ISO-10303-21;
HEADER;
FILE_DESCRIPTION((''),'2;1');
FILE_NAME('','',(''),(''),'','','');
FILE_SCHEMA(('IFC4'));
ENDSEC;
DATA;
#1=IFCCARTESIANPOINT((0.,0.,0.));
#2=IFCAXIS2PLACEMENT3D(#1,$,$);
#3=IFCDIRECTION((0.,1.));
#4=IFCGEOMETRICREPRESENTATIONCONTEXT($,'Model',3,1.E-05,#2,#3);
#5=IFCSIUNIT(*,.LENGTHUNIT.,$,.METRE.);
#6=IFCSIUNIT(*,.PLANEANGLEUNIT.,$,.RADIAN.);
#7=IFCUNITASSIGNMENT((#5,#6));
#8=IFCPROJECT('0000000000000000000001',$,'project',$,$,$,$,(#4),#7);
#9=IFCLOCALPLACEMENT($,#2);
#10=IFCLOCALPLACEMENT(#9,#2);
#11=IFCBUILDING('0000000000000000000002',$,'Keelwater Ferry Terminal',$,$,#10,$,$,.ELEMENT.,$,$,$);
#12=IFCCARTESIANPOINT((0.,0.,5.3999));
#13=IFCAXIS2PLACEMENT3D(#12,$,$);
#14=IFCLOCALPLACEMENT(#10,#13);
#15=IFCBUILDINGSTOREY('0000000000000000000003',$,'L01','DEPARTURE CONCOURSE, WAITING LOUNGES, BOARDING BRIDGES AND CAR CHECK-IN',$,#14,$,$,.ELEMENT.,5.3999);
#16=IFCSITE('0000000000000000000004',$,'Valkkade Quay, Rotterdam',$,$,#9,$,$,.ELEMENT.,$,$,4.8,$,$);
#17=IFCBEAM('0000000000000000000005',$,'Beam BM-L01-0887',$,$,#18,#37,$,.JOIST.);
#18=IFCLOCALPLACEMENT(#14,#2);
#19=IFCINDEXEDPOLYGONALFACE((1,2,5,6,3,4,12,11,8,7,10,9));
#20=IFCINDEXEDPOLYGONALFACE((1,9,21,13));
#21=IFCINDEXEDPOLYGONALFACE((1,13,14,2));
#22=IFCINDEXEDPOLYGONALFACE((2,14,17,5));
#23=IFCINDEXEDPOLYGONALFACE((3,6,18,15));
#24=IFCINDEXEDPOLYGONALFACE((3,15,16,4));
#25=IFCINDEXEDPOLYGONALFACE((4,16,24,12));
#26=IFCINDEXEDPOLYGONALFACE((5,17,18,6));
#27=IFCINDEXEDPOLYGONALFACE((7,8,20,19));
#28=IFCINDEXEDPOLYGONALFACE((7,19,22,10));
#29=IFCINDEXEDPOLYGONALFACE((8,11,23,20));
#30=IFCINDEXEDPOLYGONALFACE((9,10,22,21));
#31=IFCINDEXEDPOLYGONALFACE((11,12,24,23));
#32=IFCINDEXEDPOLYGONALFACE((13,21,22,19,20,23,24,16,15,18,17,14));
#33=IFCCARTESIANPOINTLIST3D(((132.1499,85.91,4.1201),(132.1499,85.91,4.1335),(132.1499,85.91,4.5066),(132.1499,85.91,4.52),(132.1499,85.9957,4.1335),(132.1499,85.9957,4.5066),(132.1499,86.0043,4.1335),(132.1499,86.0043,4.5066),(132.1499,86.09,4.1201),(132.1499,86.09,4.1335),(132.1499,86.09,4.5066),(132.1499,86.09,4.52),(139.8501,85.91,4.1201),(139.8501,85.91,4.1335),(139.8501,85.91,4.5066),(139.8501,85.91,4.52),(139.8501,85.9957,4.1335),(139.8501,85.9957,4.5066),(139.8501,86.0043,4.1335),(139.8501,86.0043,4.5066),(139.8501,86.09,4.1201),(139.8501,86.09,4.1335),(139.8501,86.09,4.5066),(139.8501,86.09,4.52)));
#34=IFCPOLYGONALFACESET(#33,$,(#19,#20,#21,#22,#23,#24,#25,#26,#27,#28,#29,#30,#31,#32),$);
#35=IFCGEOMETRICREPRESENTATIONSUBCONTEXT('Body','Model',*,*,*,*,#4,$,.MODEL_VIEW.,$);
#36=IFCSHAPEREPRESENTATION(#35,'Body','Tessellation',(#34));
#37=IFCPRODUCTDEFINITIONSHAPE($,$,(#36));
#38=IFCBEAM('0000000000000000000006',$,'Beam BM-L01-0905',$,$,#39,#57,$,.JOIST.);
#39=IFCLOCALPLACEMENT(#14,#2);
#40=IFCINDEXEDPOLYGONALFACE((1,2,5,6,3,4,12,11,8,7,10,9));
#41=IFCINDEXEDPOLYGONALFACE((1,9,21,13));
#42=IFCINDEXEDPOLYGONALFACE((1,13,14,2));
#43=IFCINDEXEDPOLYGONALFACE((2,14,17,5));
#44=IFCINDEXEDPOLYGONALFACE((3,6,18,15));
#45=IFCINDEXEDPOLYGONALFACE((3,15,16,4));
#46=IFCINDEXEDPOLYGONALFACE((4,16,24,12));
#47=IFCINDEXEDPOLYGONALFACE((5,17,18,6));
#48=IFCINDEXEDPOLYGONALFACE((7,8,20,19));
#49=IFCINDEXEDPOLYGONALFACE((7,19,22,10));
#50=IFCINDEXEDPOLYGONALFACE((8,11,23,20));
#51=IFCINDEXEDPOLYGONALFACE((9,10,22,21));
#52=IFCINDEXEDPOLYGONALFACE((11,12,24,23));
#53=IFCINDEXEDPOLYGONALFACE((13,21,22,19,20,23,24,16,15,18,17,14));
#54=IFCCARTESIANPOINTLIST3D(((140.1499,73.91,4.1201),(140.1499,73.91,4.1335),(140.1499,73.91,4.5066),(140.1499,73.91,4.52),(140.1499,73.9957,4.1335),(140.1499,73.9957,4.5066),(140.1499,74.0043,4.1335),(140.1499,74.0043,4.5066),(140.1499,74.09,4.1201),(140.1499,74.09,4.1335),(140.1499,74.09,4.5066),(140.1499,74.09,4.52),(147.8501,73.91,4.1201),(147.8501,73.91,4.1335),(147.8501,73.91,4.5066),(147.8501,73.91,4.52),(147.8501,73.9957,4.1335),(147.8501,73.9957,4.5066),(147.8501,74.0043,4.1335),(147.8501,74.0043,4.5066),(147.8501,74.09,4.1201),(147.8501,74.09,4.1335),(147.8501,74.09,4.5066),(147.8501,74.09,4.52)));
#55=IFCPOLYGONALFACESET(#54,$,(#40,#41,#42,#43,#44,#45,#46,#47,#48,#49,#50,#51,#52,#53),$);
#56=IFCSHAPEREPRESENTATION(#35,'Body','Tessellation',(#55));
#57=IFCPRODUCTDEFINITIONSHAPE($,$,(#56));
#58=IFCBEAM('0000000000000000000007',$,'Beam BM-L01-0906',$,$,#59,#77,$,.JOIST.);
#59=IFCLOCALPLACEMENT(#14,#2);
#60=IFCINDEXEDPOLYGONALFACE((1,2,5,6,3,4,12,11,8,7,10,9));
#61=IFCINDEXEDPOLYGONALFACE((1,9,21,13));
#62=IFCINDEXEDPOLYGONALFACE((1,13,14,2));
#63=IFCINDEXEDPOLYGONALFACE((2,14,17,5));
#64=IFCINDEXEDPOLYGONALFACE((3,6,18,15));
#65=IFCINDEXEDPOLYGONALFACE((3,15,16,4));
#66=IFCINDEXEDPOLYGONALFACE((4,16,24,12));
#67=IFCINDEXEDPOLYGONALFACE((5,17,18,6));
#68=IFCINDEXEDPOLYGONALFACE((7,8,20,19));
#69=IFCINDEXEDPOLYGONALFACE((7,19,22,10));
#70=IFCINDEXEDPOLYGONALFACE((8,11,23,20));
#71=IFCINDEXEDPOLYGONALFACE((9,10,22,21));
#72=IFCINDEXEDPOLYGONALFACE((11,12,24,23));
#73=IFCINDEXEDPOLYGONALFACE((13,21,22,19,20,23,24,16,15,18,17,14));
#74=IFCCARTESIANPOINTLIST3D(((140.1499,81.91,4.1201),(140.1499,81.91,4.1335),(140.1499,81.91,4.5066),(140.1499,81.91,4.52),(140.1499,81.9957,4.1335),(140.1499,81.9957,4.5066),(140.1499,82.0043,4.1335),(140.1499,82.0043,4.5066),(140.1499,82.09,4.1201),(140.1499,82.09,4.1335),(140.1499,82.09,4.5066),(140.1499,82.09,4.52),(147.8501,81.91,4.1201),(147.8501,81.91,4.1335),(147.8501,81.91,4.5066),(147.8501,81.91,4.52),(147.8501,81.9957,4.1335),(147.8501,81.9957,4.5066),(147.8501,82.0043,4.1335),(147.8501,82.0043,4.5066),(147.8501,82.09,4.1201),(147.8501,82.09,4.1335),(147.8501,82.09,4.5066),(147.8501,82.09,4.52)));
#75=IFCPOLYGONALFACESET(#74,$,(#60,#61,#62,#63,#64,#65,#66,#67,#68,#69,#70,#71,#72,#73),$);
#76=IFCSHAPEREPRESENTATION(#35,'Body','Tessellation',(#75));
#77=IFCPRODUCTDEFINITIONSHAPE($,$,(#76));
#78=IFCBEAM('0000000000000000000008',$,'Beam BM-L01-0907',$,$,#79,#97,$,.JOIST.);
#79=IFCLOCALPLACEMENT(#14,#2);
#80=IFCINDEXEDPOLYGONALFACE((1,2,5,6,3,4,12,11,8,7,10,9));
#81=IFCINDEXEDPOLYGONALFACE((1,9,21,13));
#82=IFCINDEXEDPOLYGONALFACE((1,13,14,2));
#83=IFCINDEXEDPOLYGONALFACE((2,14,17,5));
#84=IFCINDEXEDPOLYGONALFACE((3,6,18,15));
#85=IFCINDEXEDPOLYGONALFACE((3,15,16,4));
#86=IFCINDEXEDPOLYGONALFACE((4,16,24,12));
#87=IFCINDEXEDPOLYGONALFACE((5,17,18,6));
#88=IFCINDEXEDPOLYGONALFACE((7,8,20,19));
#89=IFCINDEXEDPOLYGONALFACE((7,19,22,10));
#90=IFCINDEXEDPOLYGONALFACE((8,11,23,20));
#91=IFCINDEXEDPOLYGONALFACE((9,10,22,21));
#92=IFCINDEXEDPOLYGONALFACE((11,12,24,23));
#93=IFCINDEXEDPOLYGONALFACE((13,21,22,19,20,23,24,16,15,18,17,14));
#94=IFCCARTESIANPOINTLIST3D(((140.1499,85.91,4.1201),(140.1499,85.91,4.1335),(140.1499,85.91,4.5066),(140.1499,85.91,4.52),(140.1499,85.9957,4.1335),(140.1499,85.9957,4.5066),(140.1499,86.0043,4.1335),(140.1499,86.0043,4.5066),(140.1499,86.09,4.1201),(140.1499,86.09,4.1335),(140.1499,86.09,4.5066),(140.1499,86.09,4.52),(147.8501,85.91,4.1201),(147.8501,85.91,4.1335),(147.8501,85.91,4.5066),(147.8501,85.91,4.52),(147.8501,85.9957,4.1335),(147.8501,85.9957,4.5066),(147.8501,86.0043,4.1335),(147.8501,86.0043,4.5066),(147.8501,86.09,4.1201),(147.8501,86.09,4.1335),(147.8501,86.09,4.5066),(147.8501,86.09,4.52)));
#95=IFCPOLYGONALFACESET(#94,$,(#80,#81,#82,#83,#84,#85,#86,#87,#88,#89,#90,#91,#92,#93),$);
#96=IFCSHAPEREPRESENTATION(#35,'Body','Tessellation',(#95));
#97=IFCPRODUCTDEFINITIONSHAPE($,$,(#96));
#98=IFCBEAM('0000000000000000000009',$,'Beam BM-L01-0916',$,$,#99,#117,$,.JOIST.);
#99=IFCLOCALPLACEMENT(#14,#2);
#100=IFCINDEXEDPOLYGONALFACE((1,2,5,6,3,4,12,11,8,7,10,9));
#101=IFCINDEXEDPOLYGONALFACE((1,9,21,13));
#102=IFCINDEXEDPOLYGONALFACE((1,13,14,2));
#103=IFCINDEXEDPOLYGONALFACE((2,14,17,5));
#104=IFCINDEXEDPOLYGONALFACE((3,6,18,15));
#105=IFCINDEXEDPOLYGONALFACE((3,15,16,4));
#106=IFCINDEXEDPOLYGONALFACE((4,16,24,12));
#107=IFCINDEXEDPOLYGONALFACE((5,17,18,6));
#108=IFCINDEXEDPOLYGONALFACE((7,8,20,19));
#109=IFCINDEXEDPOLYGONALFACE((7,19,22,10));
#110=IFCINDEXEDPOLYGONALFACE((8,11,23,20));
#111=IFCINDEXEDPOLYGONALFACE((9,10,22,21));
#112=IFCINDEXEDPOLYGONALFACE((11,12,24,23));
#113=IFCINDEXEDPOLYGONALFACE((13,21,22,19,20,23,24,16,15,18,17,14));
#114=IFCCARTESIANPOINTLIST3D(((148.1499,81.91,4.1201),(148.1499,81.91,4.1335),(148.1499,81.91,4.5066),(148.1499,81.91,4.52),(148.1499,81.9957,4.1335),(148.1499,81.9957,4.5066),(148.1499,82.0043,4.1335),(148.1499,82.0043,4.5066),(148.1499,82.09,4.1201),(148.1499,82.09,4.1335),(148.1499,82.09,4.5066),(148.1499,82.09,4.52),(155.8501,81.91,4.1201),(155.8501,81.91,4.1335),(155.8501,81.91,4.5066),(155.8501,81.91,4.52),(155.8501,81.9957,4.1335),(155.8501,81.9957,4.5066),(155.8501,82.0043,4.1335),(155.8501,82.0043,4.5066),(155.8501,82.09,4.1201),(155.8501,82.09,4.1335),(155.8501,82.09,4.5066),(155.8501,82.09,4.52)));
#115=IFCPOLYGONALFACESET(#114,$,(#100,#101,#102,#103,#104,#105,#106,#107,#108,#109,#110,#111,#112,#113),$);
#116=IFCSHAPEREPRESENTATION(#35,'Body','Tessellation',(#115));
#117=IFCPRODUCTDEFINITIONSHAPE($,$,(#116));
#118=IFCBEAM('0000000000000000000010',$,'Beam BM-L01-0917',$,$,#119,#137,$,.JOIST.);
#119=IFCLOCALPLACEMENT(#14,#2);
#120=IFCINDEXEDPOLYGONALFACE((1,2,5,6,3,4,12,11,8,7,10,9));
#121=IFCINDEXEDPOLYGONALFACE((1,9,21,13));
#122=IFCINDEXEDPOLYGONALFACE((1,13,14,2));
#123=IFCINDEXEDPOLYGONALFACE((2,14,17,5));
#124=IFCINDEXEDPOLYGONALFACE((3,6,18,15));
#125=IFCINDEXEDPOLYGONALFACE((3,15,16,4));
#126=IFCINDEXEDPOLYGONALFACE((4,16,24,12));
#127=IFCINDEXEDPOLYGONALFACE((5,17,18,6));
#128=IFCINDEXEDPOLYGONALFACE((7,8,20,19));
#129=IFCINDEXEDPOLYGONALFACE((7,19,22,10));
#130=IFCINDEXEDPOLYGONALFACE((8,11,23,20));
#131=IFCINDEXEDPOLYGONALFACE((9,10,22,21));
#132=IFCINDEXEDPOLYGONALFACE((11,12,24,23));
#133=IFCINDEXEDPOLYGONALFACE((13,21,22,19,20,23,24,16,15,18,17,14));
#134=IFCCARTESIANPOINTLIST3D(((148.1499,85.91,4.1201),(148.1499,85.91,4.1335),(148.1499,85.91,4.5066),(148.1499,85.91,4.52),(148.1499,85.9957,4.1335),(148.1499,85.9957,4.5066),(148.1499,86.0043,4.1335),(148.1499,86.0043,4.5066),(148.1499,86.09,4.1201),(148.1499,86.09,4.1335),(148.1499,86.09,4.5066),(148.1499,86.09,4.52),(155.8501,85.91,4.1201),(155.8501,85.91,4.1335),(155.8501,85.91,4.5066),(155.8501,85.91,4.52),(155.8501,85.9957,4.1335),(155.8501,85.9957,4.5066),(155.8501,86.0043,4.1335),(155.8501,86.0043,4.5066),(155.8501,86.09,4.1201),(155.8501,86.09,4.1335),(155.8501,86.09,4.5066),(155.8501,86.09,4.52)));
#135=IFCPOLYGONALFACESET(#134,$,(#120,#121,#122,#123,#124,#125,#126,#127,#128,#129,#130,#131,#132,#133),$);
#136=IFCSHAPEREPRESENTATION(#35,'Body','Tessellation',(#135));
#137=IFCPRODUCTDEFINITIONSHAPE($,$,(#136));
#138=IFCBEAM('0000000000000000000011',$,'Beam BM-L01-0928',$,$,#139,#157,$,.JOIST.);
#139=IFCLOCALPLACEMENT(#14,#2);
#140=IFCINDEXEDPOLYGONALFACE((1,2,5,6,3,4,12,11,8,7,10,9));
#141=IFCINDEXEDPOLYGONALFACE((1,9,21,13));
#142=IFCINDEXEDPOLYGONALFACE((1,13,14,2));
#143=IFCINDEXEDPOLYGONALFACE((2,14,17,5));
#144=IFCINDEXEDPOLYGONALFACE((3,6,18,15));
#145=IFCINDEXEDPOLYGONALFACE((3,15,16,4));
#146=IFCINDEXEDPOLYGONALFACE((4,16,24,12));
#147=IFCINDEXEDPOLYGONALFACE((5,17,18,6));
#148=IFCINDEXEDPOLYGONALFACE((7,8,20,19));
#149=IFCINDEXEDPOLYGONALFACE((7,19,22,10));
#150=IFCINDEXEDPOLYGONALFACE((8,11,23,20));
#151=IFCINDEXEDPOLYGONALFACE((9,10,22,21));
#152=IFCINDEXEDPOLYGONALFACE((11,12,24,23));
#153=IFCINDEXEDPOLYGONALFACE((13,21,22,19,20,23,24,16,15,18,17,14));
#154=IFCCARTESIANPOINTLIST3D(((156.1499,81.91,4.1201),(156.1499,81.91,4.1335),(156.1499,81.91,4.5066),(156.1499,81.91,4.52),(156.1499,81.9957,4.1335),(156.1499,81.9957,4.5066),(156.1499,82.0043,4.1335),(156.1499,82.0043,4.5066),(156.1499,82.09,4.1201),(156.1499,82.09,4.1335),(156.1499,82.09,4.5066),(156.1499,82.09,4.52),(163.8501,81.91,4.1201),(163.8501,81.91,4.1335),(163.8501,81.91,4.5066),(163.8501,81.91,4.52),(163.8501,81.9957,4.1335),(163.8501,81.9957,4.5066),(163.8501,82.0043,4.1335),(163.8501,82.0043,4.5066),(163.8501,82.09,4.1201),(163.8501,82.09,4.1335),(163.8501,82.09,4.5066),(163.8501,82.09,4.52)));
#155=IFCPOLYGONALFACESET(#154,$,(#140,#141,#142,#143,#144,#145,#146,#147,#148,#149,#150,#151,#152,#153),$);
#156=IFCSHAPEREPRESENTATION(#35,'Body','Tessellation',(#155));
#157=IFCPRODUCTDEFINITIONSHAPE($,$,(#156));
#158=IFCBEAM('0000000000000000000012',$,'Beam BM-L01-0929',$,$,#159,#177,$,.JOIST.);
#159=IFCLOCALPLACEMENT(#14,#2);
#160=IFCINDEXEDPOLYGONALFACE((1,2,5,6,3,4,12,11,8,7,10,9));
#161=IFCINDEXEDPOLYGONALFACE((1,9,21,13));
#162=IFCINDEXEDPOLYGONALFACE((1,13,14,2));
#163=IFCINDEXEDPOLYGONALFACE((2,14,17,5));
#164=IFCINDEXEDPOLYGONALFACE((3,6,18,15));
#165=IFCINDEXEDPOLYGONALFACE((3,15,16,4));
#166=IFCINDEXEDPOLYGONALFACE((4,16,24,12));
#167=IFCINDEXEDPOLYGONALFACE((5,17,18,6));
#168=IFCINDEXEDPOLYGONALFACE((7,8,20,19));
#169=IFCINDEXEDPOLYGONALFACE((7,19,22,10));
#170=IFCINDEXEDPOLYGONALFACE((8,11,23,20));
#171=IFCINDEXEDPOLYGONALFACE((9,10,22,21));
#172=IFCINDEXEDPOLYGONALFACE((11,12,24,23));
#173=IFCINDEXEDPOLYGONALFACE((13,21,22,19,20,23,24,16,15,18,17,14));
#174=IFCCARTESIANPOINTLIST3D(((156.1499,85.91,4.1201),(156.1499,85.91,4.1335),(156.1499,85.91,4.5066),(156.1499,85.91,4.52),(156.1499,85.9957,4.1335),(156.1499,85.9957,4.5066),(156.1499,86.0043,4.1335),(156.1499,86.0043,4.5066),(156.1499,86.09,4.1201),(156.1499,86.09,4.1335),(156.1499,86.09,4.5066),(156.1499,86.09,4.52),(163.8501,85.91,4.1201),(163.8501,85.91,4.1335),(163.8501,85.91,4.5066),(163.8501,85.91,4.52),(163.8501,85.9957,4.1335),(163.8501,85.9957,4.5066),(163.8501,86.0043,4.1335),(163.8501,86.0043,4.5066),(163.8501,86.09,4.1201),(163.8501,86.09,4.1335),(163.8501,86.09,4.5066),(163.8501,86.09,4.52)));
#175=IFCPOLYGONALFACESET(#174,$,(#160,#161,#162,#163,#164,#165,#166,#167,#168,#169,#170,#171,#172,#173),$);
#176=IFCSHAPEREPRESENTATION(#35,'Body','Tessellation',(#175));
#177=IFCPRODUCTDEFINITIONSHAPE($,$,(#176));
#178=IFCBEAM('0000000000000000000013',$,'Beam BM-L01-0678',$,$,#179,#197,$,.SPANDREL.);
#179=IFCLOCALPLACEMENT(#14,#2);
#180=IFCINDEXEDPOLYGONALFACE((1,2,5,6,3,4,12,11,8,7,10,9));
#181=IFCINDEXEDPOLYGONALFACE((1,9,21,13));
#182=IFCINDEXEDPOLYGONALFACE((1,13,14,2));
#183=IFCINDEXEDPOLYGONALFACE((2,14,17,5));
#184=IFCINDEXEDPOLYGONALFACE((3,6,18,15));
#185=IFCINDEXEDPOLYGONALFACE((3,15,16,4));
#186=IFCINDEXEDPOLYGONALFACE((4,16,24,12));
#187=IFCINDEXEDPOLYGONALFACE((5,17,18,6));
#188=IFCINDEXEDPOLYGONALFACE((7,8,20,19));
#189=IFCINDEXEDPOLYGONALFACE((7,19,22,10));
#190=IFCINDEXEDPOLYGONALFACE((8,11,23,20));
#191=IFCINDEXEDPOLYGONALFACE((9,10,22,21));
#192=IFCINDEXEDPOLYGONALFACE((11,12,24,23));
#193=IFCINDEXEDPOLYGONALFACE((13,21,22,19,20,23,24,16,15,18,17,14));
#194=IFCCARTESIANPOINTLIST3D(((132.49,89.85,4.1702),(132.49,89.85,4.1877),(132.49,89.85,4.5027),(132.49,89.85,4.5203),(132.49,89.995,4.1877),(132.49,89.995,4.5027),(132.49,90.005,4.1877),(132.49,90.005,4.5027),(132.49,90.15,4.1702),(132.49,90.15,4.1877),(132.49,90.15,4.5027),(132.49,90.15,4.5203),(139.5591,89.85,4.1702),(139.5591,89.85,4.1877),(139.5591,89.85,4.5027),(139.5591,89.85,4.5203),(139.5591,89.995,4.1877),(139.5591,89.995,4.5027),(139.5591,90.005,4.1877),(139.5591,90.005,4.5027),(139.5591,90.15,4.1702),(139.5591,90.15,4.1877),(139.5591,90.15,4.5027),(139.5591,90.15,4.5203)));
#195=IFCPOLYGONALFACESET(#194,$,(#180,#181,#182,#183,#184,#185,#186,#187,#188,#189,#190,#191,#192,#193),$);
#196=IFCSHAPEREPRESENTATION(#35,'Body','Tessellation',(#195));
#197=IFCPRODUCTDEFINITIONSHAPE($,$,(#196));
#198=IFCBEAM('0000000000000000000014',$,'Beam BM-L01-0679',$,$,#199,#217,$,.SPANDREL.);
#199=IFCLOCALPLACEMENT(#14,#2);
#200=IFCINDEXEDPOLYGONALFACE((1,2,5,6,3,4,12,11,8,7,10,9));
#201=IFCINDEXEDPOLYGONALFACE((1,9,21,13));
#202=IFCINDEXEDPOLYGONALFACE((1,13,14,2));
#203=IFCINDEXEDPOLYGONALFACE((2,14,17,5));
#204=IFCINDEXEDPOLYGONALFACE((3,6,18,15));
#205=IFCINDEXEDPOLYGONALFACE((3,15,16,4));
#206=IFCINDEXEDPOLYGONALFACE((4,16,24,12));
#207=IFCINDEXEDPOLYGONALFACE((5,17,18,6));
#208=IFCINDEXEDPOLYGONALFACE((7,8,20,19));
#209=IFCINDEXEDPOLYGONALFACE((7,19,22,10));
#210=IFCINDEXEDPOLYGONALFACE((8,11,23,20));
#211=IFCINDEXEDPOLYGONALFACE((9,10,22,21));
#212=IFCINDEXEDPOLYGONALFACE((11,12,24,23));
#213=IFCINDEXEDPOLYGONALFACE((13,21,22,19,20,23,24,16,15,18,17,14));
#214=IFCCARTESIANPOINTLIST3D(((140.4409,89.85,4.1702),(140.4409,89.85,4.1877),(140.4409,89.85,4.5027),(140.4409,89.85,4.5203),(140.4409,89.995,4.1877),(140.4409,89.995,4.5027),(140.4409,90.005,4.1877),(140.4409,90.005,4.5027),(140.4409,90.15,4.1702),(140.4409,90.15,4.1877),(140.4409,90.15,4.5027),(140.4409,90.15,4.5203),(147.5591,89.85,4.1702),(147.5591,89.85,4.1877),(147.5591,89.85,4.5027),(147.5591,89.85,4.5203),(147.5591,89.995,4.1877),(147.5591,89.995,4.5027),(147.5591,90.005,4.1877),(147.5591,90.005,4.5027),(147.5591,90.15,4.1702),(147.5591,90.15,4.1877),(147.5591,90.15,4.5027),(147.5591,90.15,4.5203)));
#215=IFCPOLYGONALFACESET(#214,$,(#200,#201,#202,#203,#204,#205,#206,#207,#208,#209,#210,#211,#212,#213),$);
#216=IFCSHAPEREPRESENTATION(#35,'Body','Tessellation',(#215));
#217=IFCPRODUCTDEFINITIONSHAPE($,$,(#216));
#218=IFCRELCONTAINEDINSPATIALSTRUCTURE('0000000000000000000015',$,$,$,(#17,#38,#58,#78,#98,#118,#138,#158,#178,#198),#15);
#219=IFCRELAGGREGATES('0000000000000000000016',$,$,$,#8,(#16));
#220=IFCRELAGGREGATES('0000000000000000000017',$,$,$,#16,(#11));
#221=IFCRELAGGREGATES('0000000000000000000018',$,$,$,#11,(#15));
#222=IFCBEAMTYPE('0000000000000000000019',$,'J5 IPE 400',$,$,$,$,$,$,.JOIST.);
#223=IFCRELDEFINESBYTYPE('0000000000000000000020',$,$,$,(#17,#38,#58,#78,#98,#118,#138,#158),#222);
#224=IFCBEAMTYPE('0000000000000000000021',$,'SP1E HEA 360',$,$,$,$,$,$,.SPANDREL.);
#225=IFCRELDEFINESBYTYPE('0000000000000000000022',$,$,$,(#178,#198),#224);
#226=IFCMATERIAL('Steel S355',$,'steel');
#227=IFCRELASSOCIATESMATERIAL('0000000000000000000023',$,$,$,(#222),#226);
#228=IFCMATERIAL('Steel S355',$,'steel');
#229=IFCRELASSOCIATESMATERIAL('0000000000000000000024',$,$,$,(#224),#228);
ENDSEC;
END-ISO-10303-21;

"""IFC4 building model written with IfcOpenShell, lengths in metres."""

from ifc_helpers import new_model, si_unit, direction, frame, origin, origin_2d, place, context, subcontext, project, spatial, i_section, extrude, material, material_profile, profile_set, type_object, element, save


model = new_model("IFC4")

# Units and contexts
model_context = context("Model", 3, precision=1e-05, world=origin(), true_north=direction((0.0, 1.0)))
body_context = subcontext(model_context, "Body", "Model", "MODEL_VIEW")
ifc_project = project(units=[si_unit("LENGTHUNIT", "METRE"), si_unit("PLANEANGLEUNIT", "RADIAN")], contexts=[model_context])

# Site, building, storey
site_placement = place(None, origin())
site = spatial("IfcSite", under=ifc_project, at=site_placement, Name="Valkkade Quay, Rotterdam", CompositionType="ELEMENT", RefElevation=4.8)
building_placement = place(site_placement, origin())
building = spatial("IfcBuilding", under=site, at=building_placement, Name="Keelwater Ferry Terminal", CompositionType="ELEMENT")
storey_placement = place(building_placement, frame((0.0, 0.0, 5.3999)))
storey = spatial("IfcBuildingStorey", under=building, at=storey_placement, Name="L01", Description="DEPARTURE CONCOURSE, WAITING LOUNGES, BOARDING BRIDGES AND CAR CHECK-IN", CompositionType="ELEMENT", Elevation=5.3999)

# Beams
ifc_material_1 = material(Name="Steel S355", Category="steel")
ifc_material_profile_1 = material_profile(ifc_material_1, i_section(OverallWidth=0.1799, OverallDepth=0.3999, WebThickness=0.0085, FlangeThickness=0.0134, at=origin_2d()), Name="IPE 400")
ifc_profile_set_1 = profile_set([ifc_material_profile_1], Name="Steel S355")
beam_type_1 = type_object("IfcBeamType", Name="J5 IPE 400", PredefinedType="JOIST", material=ifc_profile_set_1)
for number, where, z_axis, x_axis, name in (
    (1, (132.1499, 86.0, 4.3201), (1.0, 0.0, 0.0), (0.0, 1.0, 0.0), "Beam BM-L01-0887"),
    (2, (140.1499, 74.0, 4.3201), (1.0, 0.0, 0.0), (0.0, 1.0, 0.0), "Beam BM-L01-0905"),
    (3, (140.1499, 82.0, 4.3201), (1.0, 0.0, 0.0), (0.0, 1.0, 0.0), "Beam BM-L01-0906"),
    (4, (140.1499, 86.0, 4.3201), (1.0, 0.0, 0.0), (0.0, 1.0, 0.0), "Beam BM-L01-0907"),
    (5, (148.1499, 82.0, 4.3201), (1.0, 0.0, 0.0), (0.0, 1.0, 0.0), "Beam BM-L01-0916"),
    (6, (148.1499, 86.0, 4.3201), (1.0, 0.0, 0.0), (0.0, 1.0, 0.0), "Beam BM-L01-0917"),
    (7, (156.1499, 82.0, 4.3201), (1.0, 0.0, 0.0), (0.0, 1.0, 0.0), "Beam BM-L01-0928"),
    (8, (156.1499, 86.0, 4.3201), (1.0, 0.0, 0.0), (0.0, 1.0, 0.0), "Beam BM-L01-0929"),
):
    element("IfcBeam", number, at=place(storey_placement, frame(where, z_axis=z_axis, x_axis=x_axis)), inside=storey, type_object=beam_type_1, Name=name, PredefinedType="JOIST", context=body_context, shape_type="SweptSolid", body=[
        extrude(i_section(OverallWidth=0.1799, OverallDepth=0.3999, WebThickness=0.0085, FlangeThickness=0.0134, at=origin_2d()), origin(), (0.0, 0.0, 1.0), 7.7002),
    ])
ifc_material_2 = material(Name="Steel S355", Category="steel")
ifc_material_profile_2 = material_profile(ifc_material_2, i_section(OverallWidth=0.3, OverallDepth=0.3501, WebThickness=0.01, FlangeThickness=0.0176, at=origin_2d()), Name="HEA 360")
ifc_profile_set_2 = profile_set([ifc_material_profile_2], Name="Steel S355")
beam_type_2 = type_object("IfcBeamType", Name="SP1E HEA 360", PredefinedType="SPANDREL", material=ifc_profile_set_2)
beam_1_placement = place(storey_placement, frame((132.49, 90.0, 4.3452), z_axis=(1.0, 0.0, 0.0), x_axis=(0.0, 1.0, 0.0)))
element("IfcBeam", 9, at=beam_1_placement, inside=storey, type_object=beam_type_2, Name="Beam BM-L01-0678", PredefinedType="SPANDREL", context=body_context, shape_type="SweptSolid", body=[
    extrude(i_section(OverallWidth=0.3, OverallDepth=0.3501, WebThickness=0.01, FlangeThickness=0.0176, at=origin_2d()), origin(), (0.0, 0.0, 1.0), 7.0691),
])
for number, where, z_axis, x_axis, name in (
    (10, (140.4409, 90.0, 4.3452), (1.0, 0.0, 0.0), (0.0, 1.0, 0.0), "Beam BM-L01-0679"),
):
    element("IfcBeam", number, at=place(storey_placement, frame(where, z_axis=z_axis, x_axis=x_axis)), inside=storey, type_object=beam_type_2, Name=name, PredefinedType="SPANDREL", context=body_context, shape_type="SweptSolid", body=[
        extrude(i_section(OverallWidth=0.3, OverallDepth=0.3501, WebThickness=0.01, FlangeThickness=0.0176, at=origin_2d()), origin(), (0.0, 0.0, 1.0), 7.1182),
    ])

save(model, "model.ifc")
